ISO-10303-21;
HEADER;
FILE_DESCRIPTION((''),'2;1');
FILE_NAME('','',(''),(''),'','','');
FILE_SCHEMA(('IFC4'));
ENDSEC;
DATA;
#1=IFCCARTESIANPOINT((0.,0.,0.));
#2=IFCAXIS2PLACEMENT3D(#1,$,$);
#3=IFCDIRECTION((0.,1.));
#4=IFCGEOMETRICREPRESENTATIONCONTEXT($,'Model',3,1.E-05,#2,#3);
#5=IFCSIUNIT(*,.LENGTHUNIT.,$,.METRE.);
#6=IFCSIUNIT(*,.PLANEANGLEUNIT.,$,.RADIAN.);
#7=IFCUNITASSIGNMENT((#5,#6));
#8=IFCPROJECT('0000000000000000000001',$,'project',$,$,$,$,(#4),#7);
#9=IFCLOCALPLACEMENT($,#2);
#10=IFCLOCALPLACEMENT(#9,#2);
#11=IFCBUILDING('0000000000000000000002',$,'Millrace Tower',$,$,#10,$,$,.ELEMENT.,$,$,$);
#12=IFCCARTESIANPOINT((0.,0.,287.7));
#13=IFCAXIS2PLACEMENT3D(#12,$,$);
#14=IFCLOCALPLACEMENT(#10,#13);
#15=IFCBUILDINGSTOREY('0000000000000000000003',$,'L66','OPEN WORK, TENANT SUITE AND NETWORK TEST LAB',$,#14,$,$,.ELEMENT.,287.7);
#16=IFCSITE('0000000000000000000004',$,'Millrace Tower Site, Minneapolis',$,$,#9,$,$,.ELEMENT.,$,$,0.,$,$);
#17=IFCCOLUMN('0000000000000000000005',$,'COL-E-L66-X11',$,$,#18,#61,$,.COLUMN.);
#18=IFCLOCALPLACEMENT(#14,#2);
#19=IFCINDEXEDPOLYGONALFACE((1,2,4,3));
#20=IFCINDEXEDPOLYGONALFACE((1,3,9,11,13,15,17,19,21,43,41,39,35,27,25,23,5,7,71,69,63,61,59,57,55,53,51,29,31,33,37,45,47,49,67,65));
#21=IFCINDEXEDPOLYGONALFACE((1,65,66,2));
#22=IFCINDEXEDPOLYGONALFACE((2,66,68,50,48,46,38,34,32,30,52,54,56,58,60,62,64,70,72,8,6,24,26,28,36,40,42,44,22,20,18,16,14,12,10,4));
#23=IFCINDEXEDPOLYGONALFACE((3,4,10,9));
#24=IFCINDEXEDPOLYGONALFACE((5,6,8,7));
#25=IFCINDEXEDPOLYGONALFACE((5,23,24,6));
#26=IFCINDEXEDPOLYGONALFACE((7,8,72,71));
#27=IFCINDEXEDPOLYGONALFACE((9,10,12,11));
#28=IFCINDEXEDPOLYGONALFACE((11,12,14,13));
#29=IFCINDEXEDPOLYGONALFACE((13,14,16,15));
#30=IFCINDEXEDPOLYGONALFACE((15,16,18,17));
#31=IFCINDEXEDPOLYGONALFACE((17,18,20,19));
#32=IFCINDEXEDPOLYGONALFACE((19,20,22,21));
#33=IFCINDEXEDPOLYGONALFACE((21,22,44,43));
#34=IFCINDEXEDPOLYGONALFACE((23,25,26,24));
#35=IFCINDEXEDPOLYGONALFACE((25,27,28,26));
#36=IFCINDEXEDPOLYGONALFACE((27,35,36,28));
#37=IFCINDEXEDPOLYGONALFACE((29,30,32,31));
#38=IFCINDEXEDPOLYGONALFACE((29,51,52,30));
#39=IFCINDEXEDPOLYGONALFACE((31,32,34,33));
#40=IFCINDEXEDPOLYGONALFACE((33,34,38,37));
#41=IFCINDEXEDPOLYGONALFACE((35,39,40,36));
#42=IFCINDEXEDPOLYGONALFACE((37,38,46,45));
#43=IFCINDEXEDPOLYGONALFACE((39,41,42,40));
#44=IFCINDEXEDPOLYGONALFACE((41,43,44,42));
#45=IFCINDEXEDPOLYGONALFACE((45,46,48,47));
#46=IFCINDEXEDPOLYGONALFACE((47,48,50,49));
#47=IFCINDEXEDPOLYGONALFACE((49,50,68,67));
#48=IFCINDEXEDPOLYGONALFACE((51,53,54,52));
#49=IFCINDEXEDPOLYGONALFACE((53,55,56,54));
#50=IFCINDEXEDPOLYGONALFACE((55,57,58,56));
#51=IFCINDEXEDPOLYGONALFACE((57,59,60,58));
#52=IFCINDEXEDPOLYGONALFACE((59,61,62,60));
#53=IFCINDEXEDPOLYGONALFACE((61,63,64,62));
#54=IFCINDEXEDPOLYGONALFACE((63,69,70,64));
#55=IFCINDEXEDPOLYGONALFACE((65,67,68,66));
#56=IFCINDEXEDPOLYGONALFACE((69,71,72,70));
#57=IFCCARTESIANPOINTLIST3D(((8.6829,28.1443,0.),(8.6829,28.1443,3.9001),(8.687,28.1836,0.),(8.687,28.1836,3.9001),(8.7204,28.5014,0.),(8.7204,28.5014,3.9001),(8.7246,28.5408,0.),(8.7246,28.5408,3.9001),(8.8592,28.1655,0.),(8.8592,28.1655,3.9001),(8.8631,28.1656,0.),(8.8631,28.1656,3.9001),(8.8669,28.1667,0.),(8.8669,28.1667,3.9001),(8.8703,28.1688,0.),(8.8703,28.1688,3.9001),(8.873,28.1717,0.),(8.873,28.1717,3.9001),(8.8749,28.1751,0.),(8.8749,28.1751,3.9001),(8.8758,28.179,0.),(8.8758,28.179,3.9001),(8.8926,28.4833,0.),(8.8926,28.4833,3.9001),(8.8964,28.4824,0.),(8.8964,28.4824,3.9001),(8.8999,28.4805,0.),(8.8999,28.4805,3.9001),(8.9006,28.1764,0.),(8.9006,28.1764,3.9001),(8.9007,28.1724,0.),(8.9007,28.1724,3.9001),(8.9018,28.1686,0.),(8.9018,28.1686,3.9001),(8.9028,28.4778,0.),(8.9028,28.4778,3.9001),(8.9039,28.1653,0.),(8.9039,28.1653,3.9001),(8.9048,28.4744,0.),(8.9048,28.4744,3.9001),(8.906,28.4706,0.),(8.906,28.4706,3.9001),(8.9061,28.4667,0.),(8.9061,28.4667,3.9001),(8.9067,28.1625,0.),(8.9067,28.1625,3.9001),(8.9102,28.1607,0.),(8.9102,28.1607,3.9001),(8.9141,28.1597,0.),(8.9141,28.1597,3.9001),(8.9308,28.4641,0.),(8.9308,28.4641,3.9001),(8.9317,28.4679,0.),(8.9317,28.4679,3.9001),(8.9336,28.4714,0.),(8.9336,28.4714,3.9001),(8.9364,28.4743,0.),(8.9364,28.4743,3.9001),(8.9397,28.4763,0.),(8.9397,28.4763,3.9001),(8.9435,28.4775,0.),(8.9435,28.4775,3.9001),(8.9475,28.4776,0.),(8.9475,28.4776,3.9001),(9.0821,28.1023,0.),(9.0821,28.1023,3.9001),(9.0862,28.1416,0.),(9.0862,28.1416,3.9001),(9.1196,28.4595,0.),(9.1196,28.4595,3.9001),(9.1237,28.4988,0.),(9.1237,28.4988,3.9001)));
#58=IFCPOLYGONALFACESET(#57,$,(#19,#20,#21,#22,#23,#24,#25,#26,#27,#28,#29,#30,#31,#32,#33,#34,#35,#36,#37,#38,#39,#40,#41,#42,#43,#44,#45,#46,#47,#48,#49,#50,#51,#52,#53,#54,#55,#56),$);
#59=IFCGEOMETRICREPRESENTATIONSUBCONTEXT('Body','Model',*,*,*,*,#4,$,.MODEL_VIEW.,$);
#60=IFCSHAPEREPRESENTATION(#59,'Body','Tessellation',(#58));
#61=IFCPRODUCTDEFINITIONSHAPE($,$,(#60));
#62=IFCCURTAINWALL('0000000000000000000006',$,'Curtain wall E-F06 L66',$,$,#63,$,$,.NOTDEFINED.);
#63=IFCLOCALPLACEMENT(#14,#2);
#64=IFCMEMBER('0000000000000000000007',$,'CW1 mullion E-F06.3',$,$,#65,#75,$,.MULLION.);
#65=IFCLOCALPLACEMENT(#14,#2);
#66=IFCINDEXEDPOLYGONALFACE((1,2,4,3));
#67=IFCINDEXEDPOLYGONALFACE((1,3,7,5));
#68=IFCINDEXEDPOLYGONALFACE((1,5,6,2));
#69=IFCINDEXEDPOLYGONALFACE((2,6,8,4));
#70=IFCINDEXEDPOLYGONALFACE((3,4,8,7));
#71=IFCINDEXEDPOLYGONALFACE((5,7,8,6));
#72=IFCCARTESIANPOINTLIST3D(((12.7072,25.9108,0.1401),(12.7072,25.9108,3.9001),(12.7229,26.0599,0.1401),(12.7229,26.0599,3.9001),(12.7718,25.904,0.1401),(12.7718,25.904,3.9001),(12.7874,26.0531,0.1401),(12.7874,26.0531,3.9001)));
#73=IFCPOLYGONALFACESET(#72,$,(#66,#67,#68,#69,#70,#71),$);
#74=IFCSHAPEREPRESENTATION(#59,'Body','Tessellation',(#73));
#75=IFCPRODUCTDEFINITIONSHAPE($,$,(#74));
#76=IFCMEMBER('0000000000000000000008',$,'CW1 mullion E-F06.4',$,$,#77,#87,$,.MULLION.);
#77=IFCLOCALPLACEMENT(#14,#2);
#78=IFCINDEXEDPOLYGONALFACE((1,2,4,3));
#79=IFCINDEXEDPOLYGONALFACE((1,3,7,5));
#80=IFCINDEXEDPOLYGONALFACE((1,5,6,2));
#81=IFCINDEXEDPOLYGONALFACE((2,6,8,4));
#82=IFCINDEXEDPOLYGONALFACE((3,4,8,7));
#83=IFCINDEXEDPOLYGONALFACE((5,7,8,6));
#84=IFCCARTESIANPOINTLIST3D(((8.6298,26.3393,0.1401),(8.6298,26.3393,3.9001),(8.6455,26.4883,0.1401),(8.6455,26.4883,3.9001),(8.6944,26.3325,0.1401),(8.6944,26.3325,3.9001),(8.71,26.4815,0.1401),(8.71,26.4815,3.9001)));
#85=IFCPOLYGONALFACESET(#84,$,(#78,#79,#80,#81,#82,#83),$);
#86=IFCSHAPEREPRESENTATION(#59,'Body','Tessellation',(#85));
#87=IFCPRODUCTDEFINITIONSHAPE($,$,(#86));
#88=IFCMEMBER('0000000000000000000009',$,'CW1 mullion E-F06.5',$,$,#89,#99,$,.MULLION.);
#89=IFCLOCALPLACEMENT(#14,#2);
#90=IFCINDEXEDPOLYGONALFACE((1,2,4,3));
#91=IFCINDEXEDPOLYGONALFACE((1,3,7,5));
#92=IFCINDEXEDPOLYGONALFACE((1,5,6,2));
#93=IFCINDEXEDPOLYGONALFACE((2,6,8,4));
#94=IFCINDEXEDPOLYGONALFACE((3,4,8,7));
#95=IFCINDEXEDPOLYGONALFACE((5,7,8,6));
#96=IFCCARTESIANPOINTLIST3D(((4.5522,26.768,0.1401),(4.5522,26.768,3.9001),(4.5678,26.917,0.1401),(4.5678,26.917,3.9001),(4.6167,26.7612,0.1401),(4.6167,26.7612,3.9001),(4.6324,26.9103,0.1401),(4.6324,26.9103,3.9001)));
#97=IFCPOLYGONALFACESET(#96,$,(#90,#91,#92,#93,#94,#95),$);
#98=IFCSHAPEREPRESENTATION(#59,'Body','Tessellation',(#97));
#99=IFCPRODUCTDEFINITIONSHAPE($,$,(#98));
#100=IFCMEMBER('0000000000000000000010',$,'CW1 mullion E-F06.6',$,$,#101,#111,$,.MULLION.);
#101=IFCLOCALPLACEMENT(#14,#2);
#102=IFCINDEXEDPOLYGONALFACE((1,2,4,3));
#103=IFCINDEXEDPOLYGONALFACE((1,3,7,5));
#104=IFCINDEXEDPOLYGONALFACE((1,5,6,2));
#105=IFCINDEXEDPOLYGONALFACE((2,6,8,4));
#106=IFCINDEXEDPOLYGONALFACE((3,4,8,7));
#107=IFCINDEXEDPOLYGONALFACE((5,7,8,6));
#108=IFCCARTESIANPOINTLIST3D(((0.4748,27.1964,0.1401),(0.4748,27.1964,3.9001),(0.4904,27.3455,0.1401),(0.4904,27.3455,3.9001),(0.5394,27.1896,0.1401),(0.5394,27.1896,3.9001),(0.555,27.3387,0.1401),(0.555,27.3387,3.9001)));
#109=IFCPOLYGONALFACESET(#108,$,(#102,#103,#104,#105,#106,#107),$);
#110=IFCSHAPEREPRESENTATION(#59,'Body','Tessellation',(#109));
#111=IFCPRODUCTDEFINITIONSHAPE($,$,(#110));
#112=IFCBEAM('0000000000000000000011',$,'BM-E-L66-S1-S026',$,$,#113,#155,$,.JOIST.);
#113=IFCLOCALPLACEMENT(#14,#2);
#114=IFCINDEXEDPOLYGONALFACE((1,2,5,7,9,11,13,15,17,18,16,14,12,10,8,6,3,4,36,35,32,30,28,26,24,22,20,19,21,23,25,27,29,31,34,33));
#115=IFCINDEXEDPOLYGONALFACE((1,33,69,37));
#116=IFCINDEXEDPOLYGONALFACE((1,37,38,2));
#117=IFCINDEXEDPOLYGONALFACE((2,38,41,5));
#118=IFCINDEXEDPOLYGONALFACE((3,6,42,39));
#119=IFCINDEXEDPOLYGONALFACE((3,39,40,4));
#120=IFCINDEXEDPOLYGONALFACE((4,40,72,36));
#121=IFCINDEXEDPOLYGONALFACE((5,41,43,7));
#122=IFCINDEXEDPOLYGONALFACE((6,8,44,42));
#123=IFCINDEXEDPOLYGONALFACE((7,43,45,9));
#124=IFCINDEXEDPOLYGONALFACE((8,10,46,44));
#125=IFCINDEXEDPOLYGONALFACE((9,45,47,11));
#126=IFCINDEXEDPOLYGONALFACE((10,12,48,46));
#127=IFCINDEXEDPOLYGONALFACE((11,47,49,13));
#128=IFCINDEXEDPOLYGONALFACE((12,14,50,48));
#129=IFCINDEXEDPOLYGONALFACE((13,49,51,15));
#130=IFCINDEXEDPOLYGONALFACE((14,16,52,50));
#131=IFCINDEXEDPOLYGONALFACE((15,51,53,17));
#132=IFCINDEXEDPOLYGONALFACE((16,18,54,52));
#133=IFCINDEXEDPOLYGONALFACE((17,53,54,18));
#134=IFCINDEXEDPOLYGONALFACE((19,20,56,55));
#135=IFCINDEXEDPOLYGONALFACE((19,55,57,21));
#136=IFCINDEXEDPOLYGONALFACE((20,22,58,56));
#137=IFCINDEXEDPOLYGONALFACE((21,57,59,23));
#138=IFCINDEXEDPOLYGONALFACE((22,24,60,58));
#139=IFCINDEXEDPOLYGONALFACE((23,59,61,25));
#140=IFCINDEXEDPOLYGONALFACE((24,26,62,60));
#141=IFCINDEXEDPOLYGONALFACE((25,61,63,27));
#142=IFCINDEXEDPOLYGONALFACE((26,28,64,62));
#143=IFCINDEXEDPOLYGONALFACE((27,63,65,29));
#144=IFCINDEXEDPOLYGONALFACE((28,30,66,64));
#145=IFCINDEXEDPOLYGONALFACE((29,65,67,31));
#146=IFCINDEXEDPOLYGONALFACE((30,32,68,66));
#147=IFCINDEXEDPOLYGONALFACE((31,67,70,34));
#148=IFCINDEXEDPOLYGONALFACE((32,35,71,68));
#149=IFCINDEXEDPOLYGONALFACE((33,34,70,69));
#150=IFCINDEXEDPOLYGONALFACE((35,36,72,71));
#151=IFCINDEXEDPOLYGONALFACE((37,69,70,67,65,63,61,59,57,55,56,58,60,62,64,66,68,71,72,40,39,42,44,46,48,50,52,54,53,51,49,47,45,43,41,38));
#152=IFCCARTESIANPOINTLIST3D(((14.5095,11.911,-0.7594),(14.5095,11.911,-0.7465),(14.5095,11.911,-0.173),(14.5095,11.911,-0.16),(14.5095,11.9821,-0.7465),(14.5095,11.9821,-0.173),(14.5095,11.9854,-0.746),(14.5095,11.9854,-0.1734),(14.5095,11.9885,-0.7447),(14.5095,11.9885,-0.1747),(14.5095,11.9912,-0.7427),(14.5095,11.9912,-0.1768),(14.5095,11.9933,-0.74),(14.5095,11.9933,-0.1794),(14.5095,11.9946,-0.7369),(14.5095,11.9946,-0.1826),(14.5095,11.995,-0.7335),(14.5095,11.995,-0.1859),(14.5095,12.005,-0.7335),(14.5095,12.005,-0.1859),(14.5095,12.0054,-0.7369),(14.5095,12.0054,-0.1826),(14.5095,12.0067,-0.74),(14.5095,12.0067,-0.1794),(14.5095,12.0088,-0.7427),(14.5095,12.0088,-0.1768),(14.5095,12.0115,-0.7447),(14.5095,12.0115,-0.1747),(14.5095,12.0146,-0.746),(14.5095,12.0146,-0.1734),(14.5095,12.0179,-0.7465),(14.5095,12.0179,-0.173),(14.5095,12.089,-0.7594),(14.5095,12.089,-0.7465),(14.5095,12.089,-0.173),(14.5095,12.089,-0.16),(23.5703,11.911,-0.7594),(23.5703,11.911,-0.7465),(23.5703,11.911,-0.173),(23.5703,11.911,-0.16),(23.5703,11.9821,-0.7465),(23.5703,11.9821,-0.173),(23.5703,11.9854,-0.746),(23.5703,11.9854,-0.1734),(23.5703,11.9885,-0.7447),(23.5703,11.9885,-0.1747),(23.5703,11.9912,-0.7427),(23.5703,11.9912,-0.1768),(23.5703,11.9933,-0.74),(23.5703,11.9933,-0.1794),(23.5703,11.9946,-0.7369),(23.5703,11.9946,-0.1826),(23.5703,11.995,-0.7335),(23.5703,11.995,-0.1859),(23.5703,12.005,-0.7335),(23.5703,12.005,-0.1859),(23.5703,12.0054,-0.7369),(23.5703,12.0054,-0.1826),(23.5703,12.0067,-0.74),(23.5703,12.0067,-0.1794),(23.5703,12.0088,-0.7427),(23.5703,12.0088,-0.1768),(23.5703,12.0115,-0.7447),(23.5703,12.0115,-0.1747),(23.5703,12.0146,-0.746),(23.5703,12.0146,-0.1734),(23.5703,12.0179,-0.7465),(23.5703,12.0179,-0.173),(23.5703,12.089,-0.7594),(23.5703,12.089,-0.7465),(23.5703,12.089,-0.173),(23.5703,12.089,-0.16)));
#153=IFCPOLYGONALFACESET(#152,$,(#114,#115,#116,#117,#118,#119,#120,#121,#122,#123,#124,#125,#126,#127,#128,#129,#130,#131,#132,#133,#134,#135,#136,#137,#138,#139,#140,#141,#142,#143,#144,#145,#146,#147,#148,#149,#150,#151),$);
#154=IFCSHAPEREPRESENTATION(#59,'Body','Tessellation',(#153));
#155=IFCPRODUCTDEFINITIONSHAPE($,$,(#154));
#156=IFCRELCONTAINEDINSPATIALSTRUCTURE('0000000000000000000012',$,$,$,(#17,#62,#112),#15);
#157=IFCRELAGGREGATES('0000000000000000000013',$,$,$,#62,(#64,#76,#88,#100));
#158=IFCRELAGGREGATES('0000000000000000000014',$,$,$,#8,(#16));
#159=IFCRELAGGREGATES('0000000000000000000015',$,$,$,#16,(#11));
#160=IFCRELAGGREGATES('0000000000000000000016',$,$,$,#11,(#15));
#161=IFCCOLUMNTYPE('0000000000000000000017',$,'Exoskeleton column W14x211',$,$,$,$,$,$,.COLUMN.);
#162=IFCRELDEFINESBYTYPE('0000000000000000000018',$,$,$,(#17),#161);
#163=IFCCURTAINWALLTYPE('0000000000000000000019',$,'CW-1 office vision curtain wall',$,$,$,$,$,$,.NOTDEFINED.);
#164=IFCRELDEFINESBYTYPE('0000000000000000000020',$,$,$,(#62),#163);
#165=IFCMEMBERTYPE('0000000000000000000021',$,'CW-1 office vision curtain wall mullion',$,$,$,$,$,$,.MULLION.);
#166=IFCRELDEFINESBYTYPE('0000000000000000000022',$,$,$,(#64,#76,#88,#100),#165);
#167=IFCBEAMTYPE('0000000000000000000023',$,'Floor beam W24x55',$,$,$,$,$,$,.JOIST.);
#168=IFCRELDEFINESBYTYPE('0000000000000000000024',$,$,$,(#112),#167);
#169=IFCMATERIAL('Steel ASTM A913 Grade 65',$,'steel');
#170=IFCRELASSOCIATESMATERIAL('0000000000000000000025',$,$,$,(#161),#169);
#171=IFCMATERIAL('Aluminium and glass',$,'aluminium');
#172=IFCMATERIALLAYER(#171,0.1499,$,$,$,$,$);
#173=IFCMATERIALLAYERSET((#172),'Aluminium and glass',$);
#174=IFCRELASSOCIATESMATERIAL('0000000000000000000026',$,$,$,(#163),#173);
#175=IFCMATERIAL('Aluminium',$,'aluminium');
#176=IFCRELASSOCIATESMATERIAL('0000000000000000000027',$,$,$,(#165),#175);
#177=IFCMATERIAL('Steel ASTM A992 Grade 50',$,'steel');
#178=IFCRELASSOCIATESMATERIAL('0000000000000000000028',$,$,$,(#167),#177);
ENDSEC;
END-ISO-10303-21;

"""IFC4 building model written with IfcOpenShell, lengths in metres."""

from ifc_helpers import new_model, si_unit, direction, frame, origin, origin_2d, place, context, subcontext, project, spatial, rectangle, i_section, extrude, material, layer, layer_set, material_profile, profile_set, type_object, element, aggregate, save


model = new_model("IFC4")

# Units and contexts
model_context = context("Model", 3, precision=1e-05, world=origin(), true_north=direction((0.0, 1.0)))
body_context = subcontext(model_context, "Body", "Model", "MODEL_VIEW")
ifc_project = project(units=[si_unit("LENGTHUNIT", "METRE"), si_unit("PLANEANGLEUNIT", "RADIAN")], contexts=[model_context])

# Site, building, storey
site_placement = place(None, origin())
site = spatial("IfcSite", under=ifc_project, at=site_placement, Name="Millrace Tower Site, Minneapolis", CompositionType="ELEMENT", RefElevation=0.0)
building_placement = place(site_placement, origin())
building = spatial("IfcBuilding", under=site, at=building_placement, Name="Millrace Tower", CompositionType="ELEMENT")
storey_placement = place(building_placement, frame((0.0, 0.0, 287.7)))
storey = spatial("IfcBuildingStorey", under=building, at=storey_placement, Name="L66", Description="OPEN WORK, TENANT SUITE AND NETWORK TEST LAB", CompositionType="ELEMENT", Elevation=287.7)

# Column
ifc_material_1 = material(Name="Steel ASTM A913 Grade 65", Category="steel")
ifc_material_profile_1 = material_profile(ifc_material_1, i_section(OverallWidth=0.4014, OverallDepth=0.3987, WebThickness=0.0249, FlangeThickness=0.0396, FilletRadius=0.0151, at=origin_2d()))
ifc_profile_set_1 = profile_set([ifc_material_profile_1], Name="Steel ASTM A913 Grade 65")
column_type = type_object("IfcColumnType", Name="Exoskeleton column W14x211", PredefinedType="COLUMN", material=ifc_profile_set_1)
column_placement = place(storey_placement, frame((8.9033, 28.3215, 0.0), z_axis=(0.0, 0.0, 1.0), x_axis=(-0.994522, 0.104528, 0.0)))
element("IfcColumn", 1, at=column_placement, inside=storey, type_object=column_type, Name="COL-E-L66-X11", PredefinedType="COLUMN", context=body_context, shape_type="SweptSolid", body=[
    extrude(i_section(OverallWidth=0.4014, OverallDepth=0.3987, WebThickness=0.0249, FlangeThickness=0.0396, FilletRadius=0.0151, at=origin_2d()), origin(), (0.0, 0.0, 1.0), 3.9001),
])

# Curtain wall, members
ifc_material_2 = material(Name="Aluminium and glass", Category="aluminium")
ifc_layer_1 = layer(ifc_material_2, 0.1499)
ifc_layer_set_1 = layer_set([ifc_layer_1], Name="Aluminium and glass")
curtain_wall_type = type_object("IfcCurtainWallType", Name="CW-1 office vision curtain wall", PredefinedType="NOTDEFINED", material=ifc_layer_set_1)
curtain_wall_placement = place(storey_placement, origin())
curtain_wall = element("IfcCurtainWall", 2, at=curtain_wall_placement, inside=storey, type_object=curtain_wall_type, Name="Curtain wall E-F06 L66", PredefinedType="NOTDEFINED")
ifc_material_3 = material(Name="Aluminium", Category="aluminium")
ifc_material_profile_2 = material_profile(ifc_material_3, rectangle(XDim=0.0649, YDim=0.1499, at=origin_2d()))
ifc_profile_set_2 = profile_set([ifc_material_profile_2], Name="Aluminium")
member_type = type_object("IfcMemberType", Name="CW-1 office vision curtain wall mullion", PredefinedType="MULLION", material=ifc_profile_set_2)
member_1_placement = place(storey_placement, frame((12.7473, 25.9819, 0.1401), z_axis=(0.0, 0.0, 1.0), x_axis=(-0.994522, 0.104528, 0.0)))
member_1 = element("IfcMember", 3, at=member_1_placement, type_object=member_type, Name="CW1 mullion E-F06.3", PredefinedType="MULLION", context=body_context, shape_type="SweptSolid", body=[
    extrude(rectangle(XDim=0.0649, YDim=0.1499, at=origin_2d()), origin(), (0.0, 0.0, 1.0), 3.76),
])
member_2_placement = place(storey_placement, frame((8.6699, 26.4104, 0.1401), z_axis=(0.0, 0.0, 1.0), x_axis=(-0.994522, 0.104528, 0.0)))
member_2 = element("IfcMember", 4, at=member_2_placement, type_object=member_type, Name="CW1 mullion E-F06.4", PredefinedType="MULLION", context=body_context, shape_type="SweptSolid", body=[
    extrude(rectangle(XDim=0.0649, YDim=0.1499, at=origin_2d()), origin(), (0.0, 0.0, 1.0), 3.76),
])
member_3_placement = place(storey_placement, frame((4.5923, 26.8391, 0.1401), z_axis=(0.0, 0.0, 1.0), x_axis=(-0.994522, 0.104528, 0.0)))
member_3 = element("IfcMember", 5, at=member_3_placement, type_object=member_type, Name="CW1 mullion E-F06.5", PredefinedType="MULLION", context=body_context, shape_type="SweptSolid", body=[
    extrude(rectangle(XDim=0.0649, YDim=0.1499, at=origin_2d()), origin(), (0.0, 0.0, 1.0), 3.76),
])
member_4_placement = place(storey_placement, frame((0.5149, 27.2676, 0.1401), z_axis=(0.0, 0.0, 1.0), x_axis=(-0.994522, 0.104528, 0.0)))
member_4 = element("IfcMember", 6, at=member_4_placement, type_object=member_type, Name="CW1 mullion E-F06.6", PredefinedType="MULLION", context=body_context, shape_type="SweptSolid", body=[
    extrude(rectangle(XDim=0.0649, YDim=0.1499, at=origin_2d()), origin(), (0.0, 0.0, 1.0), 3.76),
])
aggregate(curtain_wall, [member_1, member_2, member_3, member_4])

# Beam
ifc_material_4 = material(Name="Steel ASTM A992 Grade 50", Category="steel")
ifc_material_profile_3 = material_profile(ifc_material_4, i_section(OverallWidth=0.178, OverallDepth=0.5994, WebThickness=0.01, FlangeThickness=0.0129, FilletRadius=0.0129, at=origin_2d()))
ifc_profile_set_3 = profile_set([ifc_material_profile_3], Name="Steel ASTM A992 Grade 50")
beam_type_1 = type_object("IfcBeamType", Name="Floor beam W24x55", PredefinedType="JOIST", material=ifc_profile_set_3)
beam_1_placement = place(storey_placement, frame((14.5095, 12.0, -0.4597), z_axis=(1.0, 0.0, 0.0), x_axis=(0.0, 1.0, 0.0)))
element("IfcBeam", 7, at=beam_1_placement, inside=storey, type_object=beam_type_1, Name="BM-E-L66-S1-S026", PredefinedType="JOIST", context=body_context, shape_type="SweptSolid", body=[
    extrude(i_section(OverallWidth=0.178, OverallDepth=0.5994, WebThickness=0.01, FlangeThickness=0.0129, FilletRadius=0.0129, at=origin_2d()), origin(), (0.0, 0.0, 1.0), 9.0608),
])

save(model, "model.ifc")
